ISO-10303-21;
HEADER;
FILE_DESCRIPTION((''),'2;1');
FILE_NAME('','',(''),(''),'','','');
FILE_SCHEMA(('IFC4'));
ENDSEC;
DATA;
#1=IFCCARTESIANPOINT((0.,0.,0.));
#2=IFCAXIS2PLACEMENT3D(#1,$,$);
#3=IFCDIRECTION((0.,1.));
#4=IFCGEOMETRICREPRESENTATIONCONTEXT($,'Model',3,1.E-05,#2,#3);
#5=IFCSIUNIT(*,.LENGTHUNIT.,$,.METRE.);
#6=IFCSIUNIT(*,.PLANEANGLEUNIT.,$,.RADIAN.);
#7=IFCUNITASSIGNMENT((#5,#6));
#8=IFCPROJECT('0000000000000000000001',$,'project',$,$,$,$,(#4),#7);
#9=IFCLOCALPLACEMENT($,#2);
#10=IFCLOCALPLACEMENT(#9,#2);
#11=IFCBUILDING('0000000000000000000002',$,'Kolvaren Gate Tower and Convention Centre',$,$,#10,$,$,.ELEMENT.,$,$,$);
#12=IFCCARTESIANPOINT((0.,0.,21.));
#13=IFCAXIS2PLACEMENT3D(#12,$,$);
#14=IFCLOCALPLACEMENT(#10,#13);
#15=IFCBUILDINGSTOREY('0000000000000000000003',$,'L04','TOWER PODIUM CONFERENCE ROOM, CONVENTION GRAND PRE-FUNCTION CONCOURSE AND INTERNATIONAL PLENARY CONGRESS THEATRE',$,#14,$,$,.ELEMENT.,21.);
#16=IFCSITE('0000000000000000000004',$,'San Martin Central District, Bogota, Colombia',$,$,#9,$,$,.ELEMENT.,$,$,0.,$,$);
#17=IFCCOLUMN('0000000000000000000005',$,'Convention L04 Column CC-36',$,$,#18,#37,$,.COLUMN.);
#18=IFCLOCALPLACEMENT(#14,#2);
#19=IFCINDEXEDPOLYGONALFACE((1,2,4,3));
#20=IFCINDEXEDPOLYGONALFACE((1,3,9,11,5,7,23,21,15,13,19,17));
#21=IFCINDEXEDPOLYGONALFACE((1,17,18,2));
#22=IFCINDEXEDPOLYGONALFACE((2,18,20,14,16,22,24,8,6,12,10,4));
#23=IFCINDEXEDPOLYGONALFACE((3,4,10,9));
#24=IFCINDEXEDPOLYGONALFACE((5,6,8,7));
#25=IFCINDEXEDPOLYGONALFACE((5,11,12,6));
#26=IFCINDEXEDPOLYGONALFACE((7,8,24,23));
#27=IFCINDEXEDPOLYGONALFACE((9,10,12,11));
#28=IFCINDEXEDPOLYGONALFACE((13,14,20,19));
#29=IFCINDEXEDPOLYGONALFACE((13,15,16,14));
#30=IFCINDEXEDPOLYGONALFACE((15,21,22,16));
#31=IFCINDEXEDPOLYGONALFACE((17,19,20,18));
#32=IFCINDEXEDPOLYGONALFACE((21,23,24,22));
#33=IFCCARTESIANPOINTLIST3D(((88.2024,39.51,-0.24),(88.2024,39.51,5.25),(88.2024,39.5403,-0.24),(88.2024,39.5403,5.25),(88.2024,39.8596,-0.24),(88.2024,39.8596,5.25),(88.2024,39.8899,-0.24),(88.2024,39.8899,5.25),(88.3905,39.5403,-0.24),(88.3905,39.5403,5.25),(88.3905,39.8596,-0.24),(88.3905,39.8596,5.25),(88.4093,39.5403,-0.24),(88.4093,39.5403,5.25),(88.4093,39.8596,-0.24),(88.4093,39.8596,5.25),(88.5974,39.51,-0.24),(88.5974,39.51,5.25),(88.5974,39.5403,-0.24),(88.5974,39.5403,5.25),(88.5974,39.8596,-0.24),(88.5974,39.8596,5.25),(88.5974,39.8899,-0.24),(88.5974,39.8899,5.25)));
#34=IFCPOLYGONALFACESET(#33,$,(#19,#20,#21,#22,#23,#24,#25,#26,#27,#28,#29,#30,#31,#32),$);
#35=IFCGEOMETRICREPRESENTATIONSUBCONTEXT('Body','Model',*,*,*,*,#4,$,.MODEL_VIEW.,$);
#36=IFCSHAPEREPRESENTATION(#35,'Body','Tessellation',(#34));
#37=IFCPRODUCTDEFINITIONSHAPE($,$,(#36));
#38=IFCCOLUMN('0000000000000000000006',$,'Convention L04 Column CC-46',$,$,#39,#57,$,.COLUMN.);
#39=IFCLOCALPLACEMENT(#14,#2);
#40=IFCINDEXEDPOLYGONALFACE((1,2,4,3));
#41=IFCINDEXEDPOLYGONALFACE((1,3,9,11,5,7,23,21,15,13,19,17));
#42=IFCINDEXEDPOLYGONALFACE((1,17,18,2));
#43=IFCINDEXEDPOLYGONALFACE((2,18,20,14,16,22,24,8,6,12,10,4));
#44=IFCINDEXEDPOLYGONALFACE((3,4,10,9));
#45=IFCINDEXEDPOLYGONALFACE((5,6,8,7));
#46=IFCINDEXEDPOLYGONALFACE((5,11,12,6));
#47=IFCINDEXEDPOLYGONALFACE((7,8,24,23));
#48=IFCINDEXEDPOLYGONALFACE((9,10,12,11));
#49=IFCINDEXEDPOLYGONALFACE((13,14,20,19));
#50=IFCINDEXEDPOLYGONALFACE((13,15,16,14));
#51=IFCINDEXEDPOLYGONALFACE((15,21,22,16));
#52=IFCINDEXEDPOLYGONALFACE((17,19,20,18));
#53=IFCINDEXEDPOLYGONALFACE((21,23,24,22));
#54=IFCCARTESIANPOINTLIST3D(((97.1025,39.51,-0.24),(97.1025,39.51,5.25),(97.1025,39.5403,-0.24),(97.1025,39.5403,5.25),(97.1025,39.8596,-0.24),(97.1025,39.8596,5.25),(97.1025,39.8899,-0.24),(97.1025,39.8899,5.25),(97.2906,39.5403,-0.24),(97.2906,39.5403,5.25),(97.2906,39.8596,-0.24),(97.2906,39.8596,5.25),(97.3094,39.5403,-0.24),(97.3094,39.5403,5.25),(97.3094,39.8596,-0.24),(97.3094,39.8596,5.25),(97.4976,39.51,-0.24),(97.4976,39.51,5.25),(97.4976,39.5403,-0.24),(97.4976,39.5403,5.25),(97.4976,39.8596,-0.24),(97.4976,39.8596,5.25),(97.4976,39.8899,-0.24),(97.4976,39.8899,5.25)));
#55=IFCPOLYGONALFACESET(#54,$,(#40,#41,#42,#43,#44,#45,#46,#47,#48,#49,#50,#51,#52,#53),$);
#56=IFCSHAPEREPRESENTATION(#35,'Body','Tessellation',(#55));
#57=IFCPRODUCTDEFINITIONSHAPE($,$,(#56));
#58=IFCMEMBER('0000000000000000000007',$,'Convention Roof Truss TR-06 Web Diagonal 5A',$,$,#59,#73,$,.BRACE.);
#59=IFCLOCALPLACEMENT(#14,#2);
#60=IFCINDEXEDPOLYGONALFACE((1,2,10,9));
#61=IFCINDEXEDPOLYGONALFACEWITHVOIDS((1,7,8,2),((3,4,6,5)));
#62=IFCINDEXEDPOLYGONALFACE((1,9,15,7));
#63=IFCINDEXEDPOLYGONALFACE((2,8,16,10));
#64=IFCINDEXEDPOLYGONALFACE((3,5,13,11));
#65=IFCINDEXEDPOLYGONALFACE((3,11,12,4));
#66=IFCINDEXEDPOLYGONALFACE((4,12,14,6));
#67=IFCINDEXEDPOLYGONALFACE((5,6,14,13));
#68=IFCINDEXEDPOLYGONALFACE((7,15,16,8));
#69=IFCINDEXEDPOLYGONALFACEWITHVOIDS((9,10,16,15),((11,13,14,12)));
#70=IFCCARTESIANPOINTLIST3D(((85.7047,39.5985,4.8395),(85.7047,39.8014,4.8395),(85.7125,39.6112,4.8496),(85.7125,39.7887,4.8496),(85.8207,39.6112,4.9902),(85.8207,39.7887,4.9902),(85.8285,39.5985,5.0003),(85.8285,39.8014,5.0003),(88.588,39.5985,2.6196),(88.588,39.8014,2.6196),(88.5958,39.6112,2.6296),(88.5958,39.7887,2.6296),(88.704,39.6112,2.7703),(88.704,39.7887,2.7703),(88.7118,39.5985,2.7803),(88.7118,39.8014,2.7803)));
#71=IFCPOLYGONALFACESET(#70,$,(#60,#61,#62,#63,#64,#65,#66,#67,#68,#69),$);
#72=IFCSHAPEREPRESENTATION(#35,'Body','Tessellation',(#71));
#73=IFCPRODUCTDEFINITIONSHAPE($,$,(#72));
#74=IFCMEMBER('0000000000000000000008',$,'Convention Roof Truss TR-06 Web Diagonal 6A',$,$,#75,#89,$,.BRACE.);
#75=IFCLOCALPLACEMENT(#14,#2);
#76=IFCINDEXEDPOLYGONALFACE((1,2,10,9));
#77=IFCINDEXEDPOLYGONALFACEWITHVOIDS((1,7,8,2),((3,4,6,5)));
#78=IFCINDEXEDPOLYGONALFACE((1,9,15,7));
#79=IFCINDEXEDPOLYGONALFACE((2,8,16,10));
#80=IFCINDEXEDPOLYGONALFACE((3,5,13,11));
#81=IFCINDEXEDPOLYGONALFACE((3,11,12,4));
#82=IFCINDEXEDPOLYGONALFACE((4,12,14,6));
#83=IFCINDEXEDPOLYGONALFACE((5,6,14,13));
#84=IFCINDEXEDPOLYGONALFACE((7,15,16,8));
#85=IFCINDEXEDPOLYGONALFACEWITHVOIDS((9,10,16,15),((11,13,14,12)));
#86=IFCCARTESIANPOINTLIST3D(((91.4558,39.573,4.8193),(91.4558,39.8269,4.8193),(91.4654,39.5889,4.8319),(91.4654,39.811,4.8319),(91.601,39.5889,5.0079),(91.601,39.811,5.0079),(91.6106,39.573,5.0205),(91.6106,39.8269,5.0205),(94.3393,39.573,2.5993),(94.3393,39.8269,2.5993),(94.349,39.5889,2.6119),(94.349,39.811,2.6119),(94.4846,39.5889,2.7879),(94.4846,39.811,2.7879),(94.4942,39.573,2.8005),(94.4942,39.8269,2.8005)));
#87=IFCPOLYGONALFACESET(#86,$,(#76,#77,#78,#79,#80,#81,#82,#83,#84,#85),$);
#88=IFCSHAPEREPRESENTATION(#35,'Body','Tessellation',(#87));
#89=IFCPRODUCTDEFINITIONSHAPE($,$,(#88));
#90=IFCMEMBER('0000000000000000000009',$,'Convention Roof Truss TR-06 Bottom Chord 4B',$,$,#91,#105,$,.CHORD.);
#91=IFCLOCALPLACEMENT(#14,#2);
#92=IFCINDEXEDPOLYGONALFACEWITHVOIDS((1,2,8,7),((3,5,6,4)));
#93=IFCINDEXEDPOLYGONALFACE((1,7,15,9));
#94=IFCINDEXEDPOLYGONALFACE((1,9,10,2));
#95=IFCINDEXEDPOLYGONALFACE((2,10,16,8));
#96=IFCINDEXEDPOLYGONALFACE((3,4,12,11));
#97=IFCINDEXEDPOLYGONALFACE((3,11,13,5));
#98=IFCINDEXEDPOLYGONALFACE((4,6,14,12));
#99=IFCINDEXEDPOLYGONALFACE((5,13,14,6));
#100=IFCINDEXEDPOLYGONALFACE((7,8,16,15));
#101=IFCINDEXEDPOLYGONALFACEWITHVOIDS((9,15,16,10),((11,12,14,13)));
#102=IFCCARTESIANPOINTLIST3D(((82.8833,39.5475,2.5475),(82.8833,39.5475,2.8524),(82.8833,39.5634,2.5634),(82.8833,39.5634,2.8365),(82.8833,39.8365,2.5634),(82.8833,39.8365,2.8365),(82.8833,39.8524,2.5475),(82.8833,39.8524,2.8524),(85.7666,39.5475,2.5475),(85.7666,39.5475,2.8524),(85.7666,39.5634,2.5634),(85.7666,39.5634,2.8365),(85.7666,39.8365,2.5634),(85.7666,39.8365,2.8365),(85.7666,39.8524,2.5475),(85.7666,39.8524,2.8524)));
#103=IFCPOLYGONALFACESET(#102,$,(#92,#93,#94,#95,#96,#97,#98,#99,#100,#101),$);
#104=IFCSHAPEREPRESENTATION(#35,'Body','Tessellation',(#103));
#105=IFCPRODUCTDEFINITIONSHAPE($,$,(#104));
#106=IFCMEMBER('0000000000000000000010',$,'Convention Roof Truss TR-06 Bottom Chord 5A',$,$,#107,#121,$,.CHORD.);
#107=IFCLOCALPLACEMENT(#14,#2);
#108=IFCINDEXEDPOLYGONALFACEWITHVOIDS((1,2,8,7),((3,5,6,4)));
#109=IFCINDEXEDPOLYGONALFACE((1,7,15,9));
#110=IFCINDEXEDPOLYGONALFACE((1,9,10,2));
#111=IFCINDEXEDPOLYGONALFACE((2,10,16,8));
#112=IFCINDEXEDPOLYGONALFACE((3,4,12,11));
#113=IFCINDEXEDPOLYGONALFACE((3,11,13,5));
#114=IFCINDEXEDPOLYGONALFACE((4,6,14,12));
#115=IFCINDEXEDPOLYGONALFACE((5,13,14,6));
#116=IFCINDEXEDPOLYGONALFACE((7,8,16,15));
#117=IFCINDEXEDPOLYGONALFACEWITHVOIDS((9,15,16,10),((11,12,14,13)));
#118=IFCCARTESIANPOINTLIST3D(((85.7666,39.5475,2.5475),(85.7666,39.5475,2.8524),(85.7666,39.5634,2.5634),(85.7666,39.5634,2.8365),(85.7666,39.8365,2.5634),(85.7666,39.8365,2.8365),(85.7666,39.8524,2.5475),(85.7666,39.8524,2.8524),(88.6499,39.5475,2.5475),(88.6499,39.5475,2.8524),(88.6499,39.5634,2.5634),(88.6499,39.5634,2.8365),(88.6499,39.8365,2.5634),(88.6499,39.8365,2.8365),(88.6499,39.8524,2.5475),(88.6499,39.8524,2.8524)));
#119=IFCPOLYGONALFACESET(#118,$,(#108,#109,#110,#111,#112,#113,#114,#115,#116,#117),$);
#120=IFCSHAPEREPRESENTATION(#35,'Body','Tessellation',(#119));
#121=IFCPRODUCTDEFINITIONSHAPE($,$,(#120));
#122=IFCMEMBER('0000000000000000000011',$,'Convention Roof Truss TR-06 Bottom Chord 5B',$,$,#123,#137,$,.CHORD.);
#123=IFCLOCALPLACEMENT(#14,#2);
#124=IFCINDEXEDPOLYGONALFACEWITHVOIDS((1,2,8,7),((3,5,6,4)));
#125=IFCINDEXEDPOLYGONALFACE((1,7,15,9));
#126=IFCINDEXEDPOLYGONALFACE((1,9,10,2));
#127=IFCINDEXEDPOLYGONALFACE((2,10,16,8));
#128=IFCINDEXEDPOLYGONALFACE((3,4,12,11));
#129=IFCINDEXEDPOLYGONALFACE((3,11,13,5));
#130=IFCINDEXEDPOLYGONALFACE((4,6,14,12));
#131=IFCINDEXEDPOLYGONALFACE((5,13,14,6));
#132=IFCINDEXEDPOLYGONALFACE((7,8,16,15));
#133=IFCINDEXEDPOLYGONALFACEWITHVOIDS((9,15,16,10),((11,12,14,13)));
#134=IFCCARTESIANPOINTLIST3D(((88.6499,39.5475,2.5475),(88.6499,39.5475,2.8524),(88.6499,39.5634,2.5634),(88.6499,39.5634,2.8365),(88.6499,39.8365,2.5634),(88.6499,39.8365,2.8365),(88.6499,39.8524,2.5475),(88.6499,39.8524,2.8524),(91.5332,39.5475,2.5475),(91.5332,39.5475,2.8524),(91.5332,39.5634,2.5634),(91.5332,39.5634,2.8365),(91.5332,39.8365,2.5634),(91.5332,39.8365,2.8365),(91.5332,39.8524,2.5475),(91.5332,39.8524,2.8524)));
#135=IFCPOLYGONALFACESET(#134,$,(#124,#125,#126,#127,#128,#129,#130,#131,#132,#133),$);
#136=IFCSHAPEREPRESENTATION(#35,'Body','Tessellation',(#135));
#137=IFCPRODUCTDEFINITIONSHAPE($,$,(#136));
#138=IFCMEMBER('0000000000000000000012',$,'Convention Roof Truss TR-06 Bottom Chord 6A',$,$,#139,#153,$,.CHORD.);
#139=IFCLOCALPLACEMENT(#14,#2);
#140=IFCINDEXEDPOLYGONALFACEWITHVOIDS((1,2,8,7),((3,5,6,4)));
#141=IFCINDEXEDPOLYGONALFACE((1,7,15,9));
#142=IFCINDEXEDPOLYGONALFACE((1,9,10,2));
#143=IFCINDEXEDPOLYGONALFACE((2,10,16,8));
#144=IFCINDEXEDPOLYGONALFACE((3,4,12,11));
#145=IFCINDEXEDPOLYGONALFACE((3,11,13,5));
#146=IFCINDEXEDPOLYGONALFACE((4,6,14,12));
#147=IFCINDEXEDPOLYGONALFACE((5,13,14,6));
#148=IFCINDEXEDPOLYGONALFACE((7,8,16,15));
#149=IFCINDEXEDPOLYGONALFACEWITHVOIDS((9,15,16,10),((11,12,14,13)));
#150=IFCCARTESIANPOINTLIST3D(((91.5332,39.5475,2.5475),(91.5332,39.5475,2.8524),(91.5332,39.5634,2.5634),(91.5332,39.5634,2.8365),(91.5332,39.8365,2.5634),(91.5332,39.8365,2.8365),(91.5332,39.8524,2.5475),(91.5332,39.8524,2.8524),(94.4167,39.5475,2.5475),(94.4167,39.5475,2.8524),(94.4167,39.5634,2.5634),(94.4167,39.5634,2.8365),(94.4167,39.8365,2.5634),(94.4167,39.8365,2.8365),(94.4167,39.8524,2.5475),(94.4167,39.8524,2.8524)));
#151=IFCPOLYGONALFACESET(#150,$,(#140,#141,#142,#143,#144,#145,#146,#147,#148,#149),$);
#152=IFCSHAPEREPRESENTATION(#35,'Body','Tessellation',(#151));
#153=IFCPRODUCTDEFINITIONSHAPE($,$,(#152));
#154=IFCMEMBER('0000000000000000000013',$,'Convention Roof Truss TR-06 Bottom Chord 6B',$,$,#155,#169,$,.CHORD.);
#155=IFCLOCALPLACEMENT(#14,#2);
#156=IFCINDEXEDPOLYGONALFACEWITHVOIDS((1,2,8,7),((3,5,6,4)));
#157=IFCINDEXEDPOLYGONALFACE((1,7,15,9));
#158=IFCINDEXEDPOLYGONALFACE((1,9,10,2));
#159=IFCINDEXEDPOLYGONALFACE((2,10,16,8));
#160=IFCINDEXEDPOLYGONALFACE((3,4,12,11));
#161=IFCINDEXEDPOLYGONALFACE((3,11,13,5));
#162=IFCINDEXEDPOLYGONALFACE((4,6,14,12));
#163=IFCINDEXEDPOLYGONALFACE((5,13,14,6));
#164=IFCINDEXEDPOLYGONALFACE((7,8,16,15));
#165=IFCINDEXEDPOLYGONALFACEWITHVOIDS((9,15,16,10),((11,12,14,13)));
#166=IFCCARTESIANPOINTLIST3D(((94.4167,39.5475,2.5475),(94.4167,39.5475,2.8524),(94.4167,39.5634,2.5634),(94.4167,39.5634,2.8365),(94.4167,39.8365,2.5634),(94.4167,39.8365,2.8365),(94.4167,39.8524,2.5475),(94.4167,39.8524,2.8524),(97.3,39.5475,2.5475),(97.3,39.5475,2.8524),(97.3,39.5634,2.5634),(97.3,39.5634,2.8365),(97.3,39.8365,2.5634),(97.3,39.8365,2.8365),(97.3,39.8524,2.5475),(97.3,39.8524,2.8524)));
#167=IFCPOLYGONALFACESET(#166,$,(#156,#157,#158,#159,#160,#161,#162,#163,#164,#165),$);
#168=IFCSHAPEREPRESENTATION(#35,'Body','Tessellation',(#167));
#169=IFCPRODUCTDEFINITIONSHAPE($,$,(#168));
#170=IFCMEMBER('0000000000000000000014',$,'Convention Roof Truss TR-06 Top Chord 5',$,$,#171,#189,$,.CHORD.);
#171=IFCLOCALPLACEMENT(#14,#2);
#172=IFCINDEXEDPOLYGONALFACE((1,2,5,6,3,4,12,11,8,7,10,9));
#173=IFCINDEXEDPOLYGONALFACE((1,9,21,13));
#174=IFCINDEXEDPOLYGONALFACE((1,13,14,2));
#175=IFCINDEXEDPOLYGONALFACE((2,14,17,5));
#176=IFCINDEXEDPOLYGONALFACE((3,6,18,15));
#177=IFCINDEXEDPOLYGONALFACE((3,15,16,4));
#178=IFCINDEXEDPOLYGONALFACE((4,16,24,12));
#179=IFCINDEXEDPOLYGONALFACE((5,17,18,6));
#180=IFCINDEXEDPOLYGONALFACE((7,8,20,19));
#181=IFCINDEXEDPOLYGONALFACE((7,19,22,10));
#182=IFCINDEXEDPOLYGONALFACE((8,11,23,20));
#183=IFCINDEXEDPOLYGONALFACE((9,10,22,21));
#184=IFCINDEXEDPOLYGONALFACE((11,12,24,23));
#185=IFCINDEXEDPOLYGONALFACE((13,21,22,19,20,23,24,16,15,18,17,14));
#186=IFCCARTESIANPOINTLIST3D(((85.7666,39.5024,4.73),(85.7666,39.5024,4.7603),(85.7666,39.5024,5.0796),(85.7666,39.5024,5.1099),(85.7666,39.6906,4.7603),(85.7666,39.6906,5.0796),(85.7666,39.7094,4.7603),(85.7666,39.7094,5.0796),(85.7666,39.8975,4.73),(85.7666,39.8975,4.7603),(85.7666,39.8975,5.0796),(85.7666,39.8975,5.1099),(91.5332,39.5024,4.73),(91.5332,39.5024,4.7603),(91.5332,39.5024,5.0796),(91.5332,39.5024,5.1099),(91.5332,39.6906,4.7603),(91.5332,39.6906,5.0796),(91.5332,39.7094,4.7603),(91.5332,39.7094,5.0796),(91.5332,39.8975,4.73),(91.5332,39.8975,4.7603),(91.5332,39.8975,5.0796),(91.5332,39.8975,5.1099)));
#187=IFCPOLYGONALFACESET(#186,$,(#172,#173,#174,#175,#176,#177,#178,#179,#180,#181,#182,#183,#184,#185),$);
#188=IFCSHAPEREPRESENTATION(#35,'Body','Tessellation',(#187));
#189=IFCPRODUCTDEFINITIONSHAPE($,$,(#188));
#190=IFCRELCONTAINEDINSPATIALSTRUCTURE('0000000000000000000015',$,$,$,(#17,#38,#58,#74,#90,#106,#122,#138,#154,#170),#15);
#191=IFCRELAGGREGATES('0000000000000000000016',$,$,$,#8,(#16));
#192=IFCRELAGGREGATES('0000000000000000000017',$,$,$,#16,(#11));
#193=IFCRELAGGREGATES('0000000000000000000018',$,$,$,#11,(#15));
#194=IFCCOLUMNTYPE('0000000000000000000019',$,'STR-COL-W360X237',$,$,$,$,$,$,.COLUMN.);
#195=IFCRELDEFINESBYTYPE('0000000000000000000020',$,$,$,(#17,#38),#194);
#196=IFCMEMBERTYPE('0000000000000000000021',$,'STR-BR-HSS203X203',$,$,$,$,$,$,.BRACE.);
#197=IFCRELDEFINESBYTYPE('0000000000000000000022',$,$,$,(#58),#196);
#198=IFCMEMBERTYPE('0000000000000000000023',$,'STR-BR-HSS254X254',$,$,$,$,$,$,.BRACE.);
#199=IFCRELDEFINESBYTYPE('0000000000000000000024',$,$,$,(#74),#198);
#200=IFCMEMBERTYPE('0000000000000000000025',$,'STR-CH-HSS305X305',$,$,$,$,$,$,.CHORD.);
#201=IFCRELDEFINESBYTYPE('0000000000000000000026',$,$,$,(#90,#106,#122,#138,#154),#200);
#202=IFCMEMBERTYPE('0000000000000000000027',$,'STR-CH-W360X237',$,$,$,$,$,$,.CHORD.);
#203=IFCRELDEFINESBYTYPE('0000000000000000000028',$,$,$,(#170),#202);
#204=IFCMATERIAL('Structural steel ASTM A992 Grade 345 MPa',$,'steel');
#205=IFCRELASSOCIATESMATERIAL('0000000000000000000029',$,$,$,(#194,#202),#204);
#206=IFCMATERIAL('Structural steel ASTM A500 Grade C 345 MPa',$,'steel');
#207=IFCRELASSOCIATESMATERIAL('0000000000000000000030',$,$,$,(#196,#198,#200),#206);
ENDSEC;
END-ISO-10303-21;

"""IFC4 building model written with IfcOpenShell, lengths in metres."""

from ifc_helpers import new_model, si_unit, direction, frame, origin, origin_2d, place, context, subcontext, project, spatial, hollow_rectangle, i_section, extrude, material, material_profile, profile_set, type_object, element, save


model = new_model("IFC4")

# Units and contexts
model_context = context("Model", 3, precision=1e-05, world=origin(), true_north=direction((0.0, 1.0)))
body_context = subcontext(model_context, "Body", "Model", "MODEL_VIEW")
ifc_project = project(units=[si_unit("LENGTHUNIT", "METRE"), si_unit("PLANEANGLEUNIT", "RADIAN")], contexts=[model_context])

# Site, building, storey
site_placement = place(None, origin())
site = spatial("IfcSite", under=ifc_project, at=site_placement, Name="San Martin Central District, Bogota, Colombia", CompositionType="ELEMENT", RefElevation=0.0)
building_placement = place(site_placement, origin())
building = spatial("IfcBuilding", under=site, at=building_placement, Name="Kolvaren Gate Tower and Convention Centre", CompositionType="ELEMENT")
storey_placement = place(building_placement, frame((0.0, 0.0, 21.0)))
storey = spatial("IfcBuildingStorey", under=building, at=storey_placement, Name="L04", Description="TOWER PODIUM CONFERENCE ROOM, CONVENTION GRAND PRE-FUNCTION CONCOURSE AND INTERNATIONAL PLENARY CONGRESS THEATRE", CompositionType="ELEMENT", Elevation=21.0)

# Columns
ifc_material_1 = material(Name="Structural steel ASTM A992 Grade 345 MPa", Category="steel")
ifc_material_profile_1 = material_profile(ifc_material_1, i_section(OverallWidth=0.395, OverallDepth=0.3799, WebThickness=0.0188, FlangeThickness=0.0303, at=origin_2d()), Name="W360X237")
ifc_profile_set_1 = profile_set([ifc_material_profile_1], Name="Structural steel ASTM A992 Grade 345 MPa")
column_type = type_object("IfcColumnType", Name="STR-COL-W360X237", PredefinedType="COLUMN", material=ifc_profile_set_1)
for number, where, z_axis, x_axis, name in (
    (1, (88.3999, 39.7, -0.24), (0.0, 0.0, 1.0), (1.0, 0.0, 0.0), "Convention L04 Column CC-36"),
    (2, (97.3, 39.7, -0.24), (0.0, 0.0, 1.0), (1.0, 0.0, 0.0), "Convention L04 Column CC-46"),
):
    element("IfcColumn", number, at=place(storey_placement, frame(where, z_axis=z_axis, x_axis=x_axis)), inside=storey, type_object=column_type, Name=name, PredefinedType="COLUMN", context=body_context, shape_type="SweptSolid", body=[
        extrude(i_section(OverallWidth=0.395, OverallDepth=0.3799, WebThickness=0.0188, FlangeThickness=0.0303, at=origin_2d()), origin(), (0.0, 0.0, 1.0), 5.49),
    ])

# Members
ifc_material_2 = material(Name="Structural steel ASTM A500 Grade C 345 MPa", Category="steel")
ifc_material_profile_2 = material_profile(ifc_material_2, hollow_rectangle(XDim=0.2029, YDim=0.2029, WallThickness=0.0127, at=origin_2d()), Name="HSS203X203X12.7")
ifc_profile_set_2 = profile_set([ifc_material_profile_2], Name="Structural steel ASTM A500 Grade C 345 MPa")
member_type_1 = type_object("IfcMemberType", Name="STR-BR-HSS203X203", PredefinedType="BRACE", material=ifc_profile_set_2)
member_1_placement = place(storey_placement, frame((85.7666, 39.7, 4.9199), z_axis=(0.792352, 0.0, -0.610064), x_axis=(0.0, 1.0, 0.0)))
element("IfcMember", 3, at=member_1_placement, inside=storey, type_object=member_type_1, Name="Convention Roof Truss TR-06 Web Diagonal 5A", PredefinedType="BRACE", context=body_context, shape_type="SweptSolid", body=[
    extrude(hollow_rectangle(XDim=0.2029, YDim=0.2029, WallThickness=0.0127, at=origin_2d()), origin(), (0.0, 0.0, 1.0), 3.6389),
])
ifc_material_profile_3 = material_profile(ifc_material_2, hollow_rectangle(XDim=0.2539, YDim=0.2539, WallThickness=0.0159, at=origin_2d()), Name="HSS254X254X15.9")
ifc_profile_set_3 = profile_set([ifc_material_profile_3], Name="Structural steel ASTM A500 Grade C 345 MPa")
member_type_2 = type_object("IfcMemberType", Name="STR-BR-HSS254X254", PredefinedType="BRACE", material=ifc_profile_set_3)
member_2_placement = place(storey_placement, frame((91.5332, 39.7, 4.9199), z_axis=(0.792377, 0.0, -0.610032), x_axis=(0.0, 1.0, 0.0)))
element("IfcMember", 4, at=member_2_placement, inside=storey, type_object=member_type_2, Name="Convention Roof Truss TR-06 Web Diagonal 6A", PredefinedType="BRACE", context=body_context, shape_type="SweptSolid", body=[
    extrude(hollow_rectangle(XDim=0.2539, YDim=0.2539, WallThickness=0.0159, at=origin_2d()), origin(), (0.0, 0.0, 1.0), 3.6392),
])
ifc_material_profile_4 = material_profile(ifc_material_2, hollow_rectangle(XDim=0.3049, YDim=0.3049, WallThickness=0.0159, at=origin_2d()), Name="HSS305X305X15.9")
ifc_profile_set_4 = profile_set([ifc_material_profile_4], Name="Structural steel ASTM A500 Grade C 345 MPa")
member_type_3 = type_object("IfcMemberType", Name="STR-CH-HSS305X305", PredefinedType="CHORD", material=ifc_profile_set_4)
for number, where, z_axis, x_axis, name in (
    (5, (82.8833, 39.7, 2.7), (1.0, 0.0, 0.0), (0.0, 1.0, 0.0), "Convention Roof Truss TR-06 Bottom Chord 4B"),
    (6, (85.7666, 39.7, 2.7), (1.0, 0.0, 0.0), (0.0, 1.0, 0.0), "Convention Roof Truss TR-06 Bottom Chord 5A"),
    (7, (88.6499, 39.7, 2.7), (1.0, 0.0, 0.0), (0.0, 1.0, 0.0), "Convention Roof Truss TR-06 Bottom Chord 5B"),
):
    element("IfcMember", number, at=place(storey_placement, frame(where, z_axis=z_axis, x_axis=x_axis)), inside=storey, type_object=member_type_3, Name=name, PredefinedType="CHORD", context=body_context, shape_type="SweptSolid", body=[
        extrude(hollow_rectangle(XDim=0.3049, YDim=0.3049, WallThickness=0.0159, at=origin_2d()), origin(), (0.0, 0.0, 1.0), 2.8833),
    ])
member_3_placement = place(storey_placement, frame((91.5332, 39.7, 2.7), z_axis=(1.0, 0.0, 0.0), x_axis=(0.0, 1.0, 0.0)))
element("IfcMember", 8, at=member_3_placement, inside=storey, type_object=member_type_3, Name="Convention Roof Truss TR-06 Bottom Chord 6A", PredefinedType="CHORD", context=body_context, shape_type="SweptSolid", body=[
    extrude(hollow_rectangle(XDim=0.3049, YDim=0.3049, WallThickness=0.0159, at=origin_2d()), origin(), (0.0, 0.0, 1.0), 2.8835),
])
member_4_placement = place(storey_placement, frame((94.4167, 39.7, 2.7), z_axis=(1.0, 0.0, 0.0), x_axis=(0.0, 1.0, 0.0)))
element("IfcMember", 9, at=member_4_placement, inside=storey, type_object=member_type_3, Name="Convention Roof Truss TR-06 Bottom Chord 6B", PredefinedType="CHORD", context=body_context, shape_type="SweptSolid", body=[
    extrude(hollow_rectangle(XDim=0.3049, YDim=0.3049, WallThickness=0.0159, at=origin_2d()), origin(), (0.0, 0.0, 1.0), 2.8833),
])
ifc_material_profile_5 = material_profile(ifc_material_1, i_section(OverallWidth=0.395, OverallDepth=0.3799, WebThickness=0.0188, FlangeThickness=0.0303, at=origin_2d()), Name="W360X237")
ifc_profile_set_5 = profile_set([ifc_material_profile_5], Name="Structural steel ASTM A992 Grade 345 MPa")
member_type_4 = type_object("IfcMemberType", Name="STR-CH-W360X237", PredefinedType="CHORD", material=ifc_profile_set_5)
member_5_placement = place(storey_placement, frame((85.7666, 39.7, 4.9199), z_axis=(1.0, 0.0, 0.0), x_axis=(0.0, 1.0, 0.0)))
element("IfcMember", 10, at=member_5_placement, inside=storey, type_object=member_type_4, Name="Convention Roof Truss TR-06 Top Chord 5", PredefinedType="CHORD", context=body_context, shape_type="SweptSolid", body=[
    extrude(i_section(OverallWidth=0.395, OverallDepth=0.3799, WebThickness=0.0188, FlangeThickness=0.0303, at=origin_2d()), origin(), (0.0, 0.0, 1.0), 5.7666),
])

save(model, "model.ifc")
